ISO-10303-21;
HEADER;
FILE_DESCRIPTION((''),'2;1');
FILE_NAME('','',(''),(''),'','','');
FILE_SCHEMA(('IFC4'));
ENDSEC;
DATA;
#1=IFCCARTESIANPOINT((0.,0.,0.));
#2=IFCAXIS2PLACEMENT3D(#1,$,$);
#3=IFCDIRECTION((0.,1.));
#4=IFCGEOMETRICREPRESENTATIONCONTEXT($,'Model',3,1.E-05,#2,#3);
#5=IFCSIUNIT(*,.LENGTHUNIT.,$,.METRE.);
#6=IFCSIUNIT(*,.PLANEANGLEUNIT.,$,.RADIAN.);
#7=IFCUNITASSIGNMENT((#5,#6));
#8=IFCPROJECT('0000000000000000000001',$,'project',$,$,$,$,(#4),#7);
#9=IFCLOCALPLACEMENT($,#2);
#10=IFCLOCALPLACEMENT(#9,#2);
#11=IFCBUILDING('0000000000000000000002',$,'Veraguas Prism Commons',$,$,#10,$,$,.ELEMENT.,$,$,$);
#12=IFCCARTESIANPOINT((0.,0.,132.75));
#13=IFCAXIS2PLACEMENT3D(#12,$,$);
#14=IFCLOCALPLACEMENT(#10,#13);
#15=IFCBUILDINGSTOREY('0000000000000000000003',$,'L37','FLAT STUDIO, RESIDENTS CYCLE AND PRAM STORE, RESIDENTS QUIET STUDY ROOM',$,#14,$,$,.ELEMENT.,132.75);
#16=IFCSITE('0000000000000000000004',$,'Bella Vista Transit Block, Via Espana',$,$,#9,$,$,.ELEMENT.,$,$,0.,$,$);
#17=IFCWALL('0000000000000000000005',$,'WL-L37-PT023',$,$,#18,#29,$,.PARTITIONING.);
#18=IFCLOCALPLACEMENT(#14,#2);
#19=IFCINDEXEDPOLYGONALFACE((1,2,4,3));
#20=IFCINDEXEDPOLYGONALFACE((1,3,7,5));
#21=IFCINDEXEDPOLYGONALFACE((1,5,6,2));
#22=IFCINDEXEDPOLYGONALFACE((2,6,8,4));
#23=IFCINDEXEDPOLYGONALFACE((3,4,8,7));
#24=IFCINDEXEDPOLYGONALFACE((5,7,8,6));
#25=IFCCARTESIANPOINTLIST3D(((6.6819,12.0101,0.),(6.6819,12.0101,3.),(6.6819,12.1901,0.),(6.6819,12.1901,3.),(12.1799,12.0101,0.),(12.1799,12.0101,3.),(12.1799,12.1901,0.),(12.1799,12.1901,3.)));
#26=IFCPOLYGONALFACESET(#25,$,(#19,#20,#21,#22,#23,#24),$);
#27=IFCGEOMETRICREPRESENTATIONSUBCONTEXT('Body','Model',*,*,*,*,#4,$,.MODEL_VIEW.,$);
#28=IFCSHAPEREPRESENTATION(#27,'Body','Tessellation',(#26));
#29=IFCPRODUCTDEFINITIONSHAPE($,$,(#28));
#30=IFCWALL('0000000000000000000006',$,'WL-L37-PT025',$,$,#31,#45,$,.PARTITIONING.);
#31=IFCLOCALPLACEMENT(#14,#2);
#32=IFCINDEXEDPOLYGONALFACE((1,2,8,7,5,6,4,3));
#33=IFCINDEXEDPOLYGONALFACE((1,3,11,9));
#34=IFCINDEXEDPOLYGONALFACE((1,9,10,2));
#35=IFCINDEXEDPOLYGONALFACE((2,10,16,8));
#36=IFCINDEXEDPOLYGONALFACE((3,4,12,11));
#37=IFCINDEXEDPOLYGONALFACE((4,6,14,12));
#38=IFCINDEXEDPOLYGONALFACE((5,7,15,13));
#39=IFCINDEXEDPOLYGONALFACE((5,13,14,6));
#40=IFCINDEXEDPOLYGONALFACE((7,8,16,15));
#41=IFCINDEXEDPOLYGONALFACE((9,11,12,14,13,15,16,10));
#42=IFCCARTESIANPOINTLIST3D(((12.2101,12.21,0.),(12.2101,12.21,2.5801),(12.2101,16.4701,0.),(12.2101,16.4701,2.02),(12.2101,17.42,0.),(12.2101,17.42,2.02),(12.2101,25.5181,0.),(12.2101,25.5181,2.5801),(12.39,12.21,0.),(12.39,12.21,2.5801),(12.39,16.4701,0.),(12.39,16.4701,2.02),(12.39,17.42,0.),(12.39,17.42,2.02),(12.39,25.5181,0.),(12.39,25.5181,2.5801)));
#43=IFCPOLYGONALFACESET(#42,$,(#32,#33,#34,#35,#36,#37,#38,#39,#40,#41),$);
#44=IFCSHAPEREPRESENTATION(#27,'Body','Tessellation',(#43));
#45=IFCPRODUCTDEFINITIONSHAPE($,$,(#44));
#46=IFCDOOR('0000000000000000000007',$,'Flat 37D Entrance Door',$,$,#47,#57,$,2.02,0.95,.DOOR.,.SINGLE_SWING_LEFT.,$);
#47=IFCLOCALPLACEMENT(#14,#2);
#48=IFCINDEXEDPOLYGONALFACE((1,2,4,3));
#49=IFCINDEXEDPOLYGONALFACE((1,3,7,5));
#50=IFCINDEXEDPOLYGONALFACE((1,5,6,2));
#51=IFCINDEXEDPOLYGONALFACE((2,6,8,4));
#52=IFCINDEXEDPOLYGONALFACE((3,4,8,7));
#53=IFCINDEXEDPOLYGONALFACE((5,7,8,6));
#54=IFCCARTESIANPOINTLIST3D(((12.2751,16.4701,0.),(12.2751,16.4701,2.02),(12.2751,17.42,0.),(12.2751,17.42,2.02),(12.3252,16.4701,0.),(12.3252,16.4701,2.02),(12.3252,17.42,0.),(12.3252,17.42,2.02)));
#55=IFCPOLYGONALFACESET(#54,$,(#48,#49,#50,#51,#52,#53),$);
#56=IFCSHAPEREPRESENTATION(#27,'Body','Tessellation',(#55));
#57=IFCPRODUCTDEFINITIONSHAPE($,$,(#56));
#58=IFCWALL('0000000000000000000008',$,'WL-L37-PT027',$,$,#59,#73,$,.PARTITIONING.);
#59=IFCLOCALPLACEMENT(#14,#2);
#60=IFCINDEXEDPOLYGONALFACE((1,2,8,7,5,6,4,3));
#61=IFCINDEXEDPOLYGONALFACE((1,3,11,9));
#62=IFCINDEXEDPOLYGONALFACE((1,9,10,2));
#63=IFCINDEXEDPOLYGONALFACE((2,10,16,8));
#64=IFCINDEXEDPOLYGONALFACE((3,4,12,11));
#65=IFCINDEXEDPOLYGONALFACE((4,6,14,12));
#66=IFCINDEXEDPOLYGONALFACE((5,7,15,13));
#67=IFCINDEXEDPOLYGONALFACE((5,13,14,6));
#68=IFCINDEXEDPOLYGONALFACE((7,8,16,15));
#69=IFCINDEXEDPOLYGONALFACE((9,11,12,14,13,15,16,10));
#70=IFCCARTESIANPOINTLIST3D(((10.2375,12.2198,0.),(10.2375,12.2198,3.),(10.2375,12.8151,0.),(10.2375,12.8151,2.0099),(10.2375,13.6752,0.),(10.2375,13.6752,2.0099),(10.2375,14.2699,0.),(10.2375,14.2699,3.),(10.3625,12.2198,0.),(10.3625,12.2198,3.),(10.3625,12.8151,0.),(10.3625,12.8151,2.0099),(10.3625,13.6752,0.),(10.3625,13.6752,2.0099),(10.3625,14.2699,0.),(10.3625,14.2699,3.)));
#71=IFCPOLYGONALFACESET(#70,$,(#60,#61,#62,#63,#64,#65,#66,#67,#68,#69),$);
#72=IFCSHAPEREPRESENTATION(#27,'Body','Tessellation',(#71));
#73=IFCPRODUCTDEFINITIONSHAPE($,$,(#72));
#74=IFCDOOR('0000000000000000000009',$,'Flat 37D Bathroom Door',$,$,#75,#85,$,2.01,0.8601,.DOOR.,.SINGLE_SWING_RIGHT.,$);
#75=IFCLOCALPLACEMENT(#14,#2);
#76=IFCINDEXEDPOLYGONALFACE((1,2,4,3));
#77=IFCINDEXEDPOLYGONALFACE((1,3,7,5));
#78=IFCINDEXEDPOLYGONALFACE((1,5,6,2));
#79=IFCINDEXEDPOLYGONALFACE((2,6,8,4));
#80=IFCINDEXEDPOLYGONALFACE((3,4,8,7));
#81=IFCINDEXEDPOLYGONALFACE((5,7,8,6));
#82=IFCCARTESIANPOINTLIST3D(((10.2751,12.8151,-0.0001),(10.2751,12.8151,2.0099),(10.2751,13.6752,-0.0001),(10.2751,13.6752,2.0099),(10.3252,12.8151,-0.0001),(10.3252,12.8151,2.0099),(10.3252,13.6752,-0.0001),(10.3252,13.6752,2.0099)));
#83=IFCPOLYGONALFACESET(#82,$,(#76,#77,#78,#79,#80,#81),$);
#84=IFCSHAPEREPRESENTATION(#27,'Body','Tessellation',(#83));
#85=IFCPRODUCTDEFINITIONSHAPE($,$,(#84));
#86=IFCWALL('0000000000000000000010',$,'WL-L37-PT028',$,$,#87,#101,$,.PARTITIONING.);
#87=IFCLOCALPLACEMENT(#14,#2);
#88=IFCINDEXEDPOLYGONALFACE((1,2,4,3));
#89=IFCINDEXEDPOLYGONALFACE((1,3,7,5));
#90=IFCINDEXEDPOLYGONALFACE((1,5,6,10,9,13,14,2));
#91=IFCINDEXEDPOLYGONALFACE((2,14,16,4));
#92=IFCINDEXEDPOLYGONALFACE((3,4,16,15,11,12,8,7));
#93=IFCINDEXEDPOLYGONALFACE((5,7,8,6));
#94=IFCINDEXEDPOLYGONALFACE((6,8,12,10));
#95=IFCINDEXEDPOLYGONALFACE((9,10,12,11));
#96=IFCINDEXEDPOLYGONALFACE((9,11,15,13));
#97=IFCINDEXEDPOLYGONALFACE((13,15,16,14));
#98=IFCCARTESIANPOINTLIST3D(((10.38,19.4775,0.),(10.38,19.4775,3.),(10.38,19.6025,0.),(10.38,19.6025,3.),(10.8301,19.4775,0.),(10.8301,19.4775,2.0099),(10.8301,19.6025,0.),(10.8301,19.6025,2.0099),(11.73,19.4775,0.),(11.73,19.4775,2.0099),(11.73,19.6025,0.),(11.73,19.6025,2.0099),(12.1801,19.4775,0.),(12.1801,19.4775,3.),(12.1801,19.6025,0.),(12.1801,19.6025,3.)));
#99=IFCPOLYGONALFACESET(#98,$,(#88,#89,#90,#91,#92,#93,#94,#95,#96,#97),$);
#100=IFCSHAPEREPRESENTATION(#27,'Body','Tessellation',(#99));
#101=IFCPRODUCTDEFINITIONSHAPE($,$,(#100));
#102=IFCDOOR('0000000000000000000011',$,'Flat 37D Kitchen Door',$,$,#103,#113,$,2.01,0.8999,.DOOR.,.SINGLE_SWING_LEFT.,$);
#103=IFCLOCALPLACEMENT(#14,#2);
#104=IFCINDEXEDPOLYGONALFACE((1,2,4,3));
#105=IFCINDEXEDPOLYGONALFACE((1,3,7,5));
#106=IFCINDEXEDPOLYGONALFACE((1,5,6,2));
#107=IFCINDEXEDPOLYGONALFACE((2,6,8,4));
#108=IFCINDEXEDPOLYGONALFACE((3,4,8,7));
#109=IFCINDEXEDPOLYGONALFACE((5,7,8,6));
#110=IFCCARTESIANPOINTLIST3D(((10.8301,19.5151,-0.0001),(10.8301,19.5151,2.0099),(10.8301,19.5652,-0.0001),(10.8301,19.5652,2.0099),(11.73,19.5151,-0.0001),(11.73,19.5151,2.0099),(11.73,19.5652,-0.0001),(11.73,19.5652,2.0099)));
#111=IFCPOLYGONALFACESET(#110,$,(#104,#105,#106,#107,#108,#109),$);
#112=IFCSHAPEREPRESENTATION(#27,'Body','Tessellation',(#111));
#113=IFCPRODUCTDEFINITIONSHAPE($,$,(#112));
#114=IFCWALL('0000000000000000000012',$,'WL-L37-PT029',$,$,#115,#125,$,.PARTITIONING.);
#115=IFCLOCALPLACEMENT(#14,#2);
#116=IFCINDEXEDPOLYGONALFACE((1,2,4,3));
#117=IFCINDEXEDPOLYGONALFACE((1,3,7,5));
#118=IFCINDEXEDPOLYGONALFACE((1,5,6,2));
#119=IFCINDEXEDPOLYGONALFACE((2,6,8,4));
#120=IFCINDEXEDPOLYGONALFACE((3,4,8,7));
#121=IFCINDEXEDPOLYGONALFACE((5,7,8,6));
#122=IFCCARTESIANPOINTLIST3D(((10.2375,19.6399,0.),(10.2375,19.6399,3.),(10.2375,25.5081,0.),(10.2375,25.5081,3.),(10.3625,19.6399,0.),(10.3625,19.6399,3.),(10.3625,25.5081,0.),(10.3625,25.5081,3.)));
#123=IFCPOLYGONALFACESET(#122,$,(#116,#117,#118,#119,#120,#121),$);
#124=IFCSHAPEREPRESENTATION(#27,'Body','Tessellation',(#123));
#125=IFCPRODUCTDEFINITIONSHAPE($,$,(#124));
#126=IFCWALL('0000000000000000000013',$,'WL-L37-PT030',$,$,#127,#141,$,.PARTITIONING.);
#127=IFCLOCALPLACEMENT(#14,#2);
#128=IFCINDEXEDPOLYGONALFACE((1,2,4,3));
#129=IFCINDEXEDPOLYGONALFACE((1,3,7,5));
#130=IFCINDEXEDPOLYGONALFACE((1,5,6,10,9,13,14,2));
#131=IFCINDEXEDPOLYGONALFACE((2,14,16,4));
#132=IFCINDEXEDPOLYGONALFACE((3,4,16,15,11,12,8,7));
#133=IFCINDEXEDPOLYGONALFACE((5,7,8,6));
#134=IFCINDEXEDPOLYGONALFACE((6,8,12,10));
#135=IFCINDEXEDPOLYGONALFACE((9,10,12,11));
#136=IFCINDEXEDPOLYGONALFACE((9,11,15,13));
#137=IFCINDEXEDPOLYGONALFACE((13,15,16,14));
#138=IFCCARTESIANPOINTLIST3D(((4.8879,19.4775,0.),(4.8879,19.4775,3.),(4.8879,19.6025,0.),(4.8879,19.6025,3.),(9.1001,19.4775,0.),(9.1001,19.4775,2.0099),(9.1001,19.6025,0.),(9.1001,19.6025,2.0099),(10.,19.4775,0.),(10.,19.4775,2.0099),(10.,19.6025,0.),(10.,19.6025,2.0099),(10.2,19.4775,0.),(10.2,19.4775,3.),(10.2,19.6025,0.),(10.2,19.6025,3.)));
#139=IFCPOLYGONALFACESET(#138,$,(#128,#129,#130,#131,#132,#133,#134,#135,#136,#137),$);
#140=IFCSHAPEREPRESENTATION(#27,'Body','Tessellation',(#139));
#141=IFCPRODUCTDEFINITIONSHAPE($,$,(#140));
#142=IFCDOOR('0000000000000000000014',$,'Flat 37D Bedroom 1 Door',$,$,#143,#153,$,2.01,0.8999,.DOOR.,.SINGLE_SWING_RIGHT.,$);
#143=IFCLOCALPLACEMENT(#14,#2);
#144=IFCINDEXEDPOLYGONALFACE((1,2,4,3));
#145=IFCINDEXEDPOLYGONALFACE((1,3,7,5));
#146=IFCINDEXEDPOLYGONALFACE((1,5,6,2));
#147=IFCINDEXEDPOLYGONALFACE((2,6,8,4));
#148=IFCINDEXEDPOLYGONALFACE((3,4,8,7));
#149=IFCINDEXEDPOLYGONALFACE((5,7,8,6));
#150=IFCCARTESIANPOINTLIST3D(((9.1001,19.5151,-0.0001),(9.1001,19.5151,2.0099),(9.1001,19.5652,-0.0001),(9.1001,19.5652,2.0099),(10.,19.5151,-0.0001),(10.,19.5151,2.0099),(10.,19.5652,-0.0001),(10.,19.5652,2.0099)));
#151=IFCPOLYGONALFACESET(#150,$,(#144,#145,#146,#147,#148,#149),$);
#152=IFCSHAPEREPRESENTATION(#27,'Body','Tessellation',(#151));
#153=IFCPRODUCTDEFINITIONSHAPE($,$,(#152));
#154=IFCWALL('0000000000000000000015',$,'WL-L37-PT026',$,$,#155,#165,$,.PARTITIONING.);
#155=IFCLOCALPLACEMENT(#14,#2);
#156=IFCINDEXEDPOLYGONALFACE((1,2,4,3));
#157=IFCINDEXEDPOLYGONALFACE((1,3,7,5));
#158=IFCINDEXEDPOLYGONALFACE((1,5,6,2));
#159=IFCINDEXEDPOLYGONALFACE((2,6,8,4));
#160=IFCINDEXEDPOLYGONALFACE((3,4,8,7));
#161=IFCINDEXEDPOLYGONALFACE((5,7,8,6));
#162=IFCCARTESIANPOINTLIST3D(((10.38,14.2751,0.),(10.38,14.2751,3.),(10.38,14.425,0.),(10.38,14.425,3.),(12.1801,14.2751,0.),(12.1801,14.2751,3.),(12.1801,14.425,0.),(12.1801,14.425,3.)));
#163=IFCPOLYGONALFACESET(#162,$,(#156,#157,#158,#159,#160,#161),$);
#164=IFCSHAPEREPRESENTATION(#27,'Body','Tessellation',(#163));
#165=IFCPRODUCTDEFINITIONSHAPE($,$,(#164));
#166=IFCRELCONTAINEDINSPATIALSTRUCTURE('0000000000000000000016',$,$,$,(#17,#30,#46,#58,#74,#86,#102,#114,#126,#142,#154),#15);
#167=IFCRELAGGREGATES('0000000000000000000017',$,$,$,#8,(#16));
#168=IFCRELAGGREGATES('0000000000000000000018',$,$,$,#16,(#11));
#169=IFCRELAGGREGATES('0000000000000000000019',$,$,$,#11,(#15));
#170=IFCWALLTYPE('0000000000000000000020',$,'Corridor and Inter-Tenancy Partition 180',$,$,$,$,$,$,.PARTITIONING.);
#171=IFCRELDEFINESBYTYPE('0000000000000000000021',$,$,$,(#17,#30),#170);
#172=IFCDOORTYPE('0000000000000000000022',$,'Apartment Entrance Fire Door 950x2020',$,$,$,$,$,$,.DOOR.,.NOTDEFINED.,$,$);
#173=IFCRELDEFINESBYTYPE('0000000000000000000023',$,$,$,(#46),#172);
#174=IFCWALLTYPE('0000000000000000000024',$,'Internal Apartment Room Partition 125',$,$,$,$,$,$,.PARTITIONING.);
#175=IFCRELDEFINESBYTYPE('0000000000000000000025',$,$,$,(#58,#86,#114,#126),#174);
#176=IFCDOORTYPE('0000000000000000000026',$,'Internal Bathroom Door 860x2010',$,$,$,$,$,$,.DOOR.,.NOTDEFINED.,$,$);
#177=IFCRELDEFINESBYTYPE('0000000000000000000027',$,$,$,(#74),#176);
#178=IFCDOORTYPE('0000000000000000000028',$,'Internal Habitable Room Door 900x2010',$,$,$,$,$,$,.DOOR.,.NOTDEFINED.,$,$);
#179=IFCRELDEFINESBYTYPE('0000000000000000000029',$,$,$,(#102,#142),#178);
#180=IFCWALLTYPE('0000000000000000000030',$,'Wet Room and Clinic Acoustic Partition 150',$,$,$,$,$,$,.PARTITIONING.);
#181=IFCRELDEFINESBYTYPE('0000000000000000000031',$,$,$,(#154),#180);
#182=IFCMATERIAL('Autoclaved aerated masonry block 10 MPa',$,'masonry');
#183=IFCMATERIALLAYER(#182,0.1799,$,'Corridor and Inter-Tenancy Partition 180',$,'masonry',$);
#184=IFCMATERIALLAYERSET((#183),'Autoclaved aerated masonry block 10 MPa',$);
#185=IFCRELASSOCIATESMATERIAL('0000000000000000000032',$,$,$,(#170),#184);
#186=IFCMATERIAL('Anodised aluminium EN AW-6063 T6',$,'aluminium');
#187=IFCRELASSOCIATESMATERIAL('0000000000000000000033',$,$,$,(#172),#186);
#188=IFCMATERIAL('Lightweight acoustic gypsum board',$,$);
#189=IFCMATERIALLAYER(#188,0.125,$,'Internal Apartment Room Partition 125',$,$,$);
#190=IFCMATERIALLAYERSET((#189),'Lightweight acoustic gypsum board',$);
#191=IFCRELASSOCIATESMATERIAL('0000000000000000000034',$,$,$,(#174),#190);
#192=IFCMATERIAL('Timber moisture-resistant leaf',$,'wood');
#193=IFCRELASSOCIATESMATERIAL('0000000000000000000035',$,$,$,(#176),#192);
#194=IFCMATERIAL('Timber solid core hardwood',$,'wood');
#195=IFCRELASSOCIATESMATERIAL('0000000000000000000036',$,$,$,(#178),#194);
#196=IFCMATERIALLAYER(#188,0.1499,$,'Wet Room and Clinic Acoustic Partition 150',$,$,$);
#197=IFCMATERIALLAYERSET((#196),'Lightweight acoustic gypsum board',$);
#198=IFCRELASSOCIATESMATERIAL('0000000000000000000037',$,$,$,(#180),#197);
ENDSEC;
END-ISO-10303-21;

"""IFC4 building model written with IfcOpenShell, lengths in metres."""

from ifc_helpers import new_model, si_unit, direction, frame, frame_2d, origin, place, context, subcontext, project, spatial, rectangle, extrude, source, transform, mapped, material, layer, layer_set, type_object, element, fill, save


model = new_model("IFC4")

# Units and contexts
model_context = context("Model", 3, precision=1e-05, world=origin(), true_north=direction((0.0, 1.0)))
body_context = subcontext(model_context, "Body", "Model", "MODEL_VIEW")
ifc_project = project(units=[si_unit("LENGTHUNIT", "METRE"), si_unit("PLANEANGLEUNIT", "RADIAN")], contexts=[model_context])

# Site, building, storey
site_placement = place(None, origin())
site = spatial("IfcSite", under=ifc_project, at=site_placement, Name="Bella Vista Transit Block, Via Espana", CompositionType="ELEMENT", RefElevation=0.0)
building_placement = place(site_placement, origin())
building = spatial("IfcBuilding", under=site, at=building_placement, Name="Veraguas Prism Commons", CompositionType="ELEMENT")
storey_placement = place(building_placement, frame((0.0, 0.0, 132.75)))
storey = spatial("IfcBuildingStorey", under=building, at=storey_placement, Name="L37", Description="FLAT STUDIO, RESIDENTS CYCLE AND PRAM STORE, RESIDENTS QUIET STUDY ROOM", CompositionType="ELEMENT", Elevation=132.75)

# Shared definitions
ifc_material_1 = material(Name="Anodised aluminium EN AW-6063 T6", Category="aluminium")

# Wall
ifc_material_2 = material(Name="Autoclaved aerated masonry block 10 MPa", Category="masonry")
ifc_layer_1 = layer(ifc_material_2, 0.1799, Name="Corridor and Inter-Tenancy Partition 180", Category="masonry")
ifc_layer_set_1 = layer_set([ifc_layer_1], Name="Autoclaved aerated masonry block 10 MPa")
wall_type_1 = type_object("IfcWallType", Name="Corridor and Inter-Tenancy Partition 180", PredefinedType="PARTITIONING", material=ifc_layer_set_1)
wall_1_placement = place(storey_placement, frame((12.1799, 12.1001, 0.0), z_axis=(0.0, 0.0, 1.0), x_axis=(-1.0, 0.0, 0.0)))
element("IfcWall", 1, at=wall_1_placement, inside=storey, type_object=wall_type_1, Name="WL-L37-PT023", PredefinedType="PARTITIONING", context=body_context, shape_type="SweptSolid", body=[
    extrude(rectangle(XDim=5.498, YDim=0.1799, at=frame_2d((2.749, 0.0))), origin(), (0.0, 0.0, 1.0), 3.0),
])

# Walls, openings, doors
wall_2_placement = place(storey_placement, frame((12.3, 12.21, 0.0), z_axis=(0.0, 0.0, 1.0), x_axis=(0.0, 1.0, 0.0)))
wall_2 = element("IfcWall", 2, at=wall_2_placement, inside=storey, type_object=wall_type_1, Name="WL-L37-PT025", PredefinedType="PARTITIONING", context=body_context, shape_type="SweptSolid", body=[
    extrude(rectangle(XDim=13.3081, YDim=0.1799, at=frame_2d((6.6541, 0.0))), origin(), (0.0, 0.0, 1.0), 2.5801),
])
opening_1_placement = place(wall_2_placement, frame((4.26, 0.0, 0.0)))
opening_1 = element("IfcOpeningElement", 3, at=opening_1_placement, cuts=wall_2, PredefinedType="OPENING", context=body_context, shape_type="SweptSolid", body=[
    extrude(rectangle(XDim=0.95, YDim=2.02, at=frame_2d((0.4751, 1.01))), frame((0.0, 0.0999, 0.0), z_axis=(0.0, -1.0, 0.0), x_axis=(1.0, 0.0, 0.0)), (0.0, 0.0, 1.0), 0.2),
])
door_type_1 = type_object("IfcDoorType", Name="Apartment Entrance Fire Door 950x2020", OperationType="NOTDEFINED", PredefinedType="DOOR", material=ifc_material_1)
shared_shape_1 = source(origin(), body_context, "Body", "SweptSolid", [
    extrude(rectangle(XDim=0.95, YDim=2.02, at=frame_2d((0.4751, 1.01))), frame((0.0, 0.0249, 0.0), z_axis=(0.0, -1.0, 0.0), x_axis=(1.0, 0.0, 0.0)), (0.0, 0.0, 1.0), 0.05),
])
door_1_placement = place(opening_1_placement, origin())
door_1 = element("IfcDoor", 4, at=door_1_placement, inside=storey, type_object=door_type_1, Name="Flat 37D Entrance Door", OperationType="SINGLE_SWING_LEFT", OverallHeight=2.02, OverallWidth=0.95, PredefinedType="DOOR", context=body_context, shape_type="MappedRepresentation", body=[
    mapped(shared_shape_1, transform((0.0, 0.0, 0.0), scale=1.0)),
])
fill(opening_1, door_1)
ifc_material_3 = material(Name="Lightweight acoustic gypsum board")
ifc_layer_2 = layer(ifc_material_3, 0.125, Name="Internal Apartment Room Partition 125")
ifc_layer_set_2 = layer_set([ifc_layer_2], Name="Lightweight acoustic gypsum board")
wall_type_2 = type_object("IfcWallType", Name="Internal Apartment Room Partition 125", PredefinedType="PARTITIONING", material=ifc_layer_set_2)
wall_3_placement = place(storey_placement, frame((10.3, 12.22, 0.0), z_axis=(0.0, 0.0, 1.0), x_axis=(0.0, 1.0, 0.0)))
wall_3 = element("IfcWall", 5, at=wall_3_placement, inside=storey, type_object=wall_type_2, Name="WL-L37-PT027", PredefinedType="PARTITIONING", context=body_context, shape_type="SweptSolid", body=[
    extrude(rectangle(XDim=2.05, YDim=0.125, at=frame_2d((1.0249, 0.0))), origin(), (0.0, 0.0, 1.0), 3.0),
])
opening_2_placement = place(wall_3_placement, frame((0.595, 0.0, 0.0)))
opening_2 = element("IfcOpeningElement", 6, at=opening_2_placement, cuts=wall_3, PredefinedType="OPENING", context=body_context, shape_type="SweptSolid", body=[
    extrude(rectangle(XDim=0.8601, YDim=2.01, at=frame_2d((0.4302, 1.0049))), frame((0.0, 0.0725, 0.0), z_axis=(0.0, -1.0, 0.0), x_axis=(1.0, 0.0, 0.0)), (0.0, 0.0, 1.0), 0.145),
])
ifc_material_4 = material(Name="Timber moisture-resistant leaf", Category="wood")
door_type_2 = type_object("IfcDoorType", Name="Internal Bathroom Door 860x2010", OperationType="NOTDEFINED", PredefinedType="DOOR", material=ifc_material_4)
shared_shape_2 = source(origin(), body_context, "Body", "SweptSolid", [
    extrude(rectangle(XDim=0.8601, YDim=2.01, at=frame_2d((0.4302, 1.0049))), frame((0.0, 0.0249, 0.0), z_axis=(0.0, -1.0, 0.0), x_axis=(1.0, 0.0, 0.0)), (0.0, 0.0, 1.0), 0.05),
])
door_2_placement = place(opening_2_placement, origin())
door_2 = element("IfcDoor", 7, at=door_2_placement, inside=storey, type_object=door_type_2, Name="Flat 37D Bathroom Door", OperationType="SINGLE_SWING_RIGHT", OverallHeight=2.01, OverallWidth=0.8601, PredefinedType="DOOR", context=body_context, shape_type="MappedRepresentation", body=[
    mapped(shared_shape_2, transform((0.0, 0.0, 0.0), scale=1.0)),
])
fill(opening_2, door_2)
wall_4_placement = place(storey_placement, frame((12.1799, 19.54, 0.0), z_axis=(0.0, 0.0, 1.0), x_axis=(-1.0, 0.0, 0.0)))
wall_4 = element("IfcWall", 8, at=wall_4_placement, inside=storey, type_object=wall_type_2, Name="WL-L37-PT028", PredefinedType="PARTITIONING", context=body_context, shape_type="SweptSolid", body=[
    extrude(rectangle(XDim=1.8, YDim=0.125, at=frame_2d((0.8999, 0.0))), origin(), (0.0, 0.0, 1.0), 3.0),
])
opening_3_placement = place(wall_4_placement, frame((0.45, 0.0, 0.0)))
opening_3 = element("IfcOpeningElement", 9, at=opening_3_placement, cuts=wall_4, PredefinedType="OPENING", context=body_context, shape_type="SweptSolid", body=[
    extrude(rectangle(XDim=0.8999, YDim=2.01, at=frame_2d((0.45, 1.0049))), frame((0.0, 0.0725, 0.0), z_axis=(0.0, -1.0, 0.0), x_axis=(1.0, 0.0, 0.0)), (0.0, 0.0, 1.0), 0.145),
])
ifc_material_5 = material(Name="Timber solid core hardwood", Category="wood")
door_type_3 = type_object("IfcDoorType", Name="Internal Habitable Room Door 900x2010", OperationType="NOTDEFINED", PredefinedType="DOOR", material=ifc_material_5)
shared_shape_3 = source(origin(), body_context, "Body", "SweptSolid", [
    extrude(rectangle(XDim=0.8999, YDim=2.01, at=frame_2d((0.45, 1.0049))), frame((0.0, 0.0249, 0.0), z_axis=(0.0, -1.0, 0.0), x_axis=(1.0, 0.0, 0.0)), (0.0, 0.0, 1.0), 0.05),
])
door_3_placement = place(opening_3_placement, origin())
door_3 = element("IfcDoor", 10, at=door_3_placement, inside=storey, type_object=door_type_3, Name="Flat 37D Kitchen Door", OperationType="SINGLE_SWING_LEFT", OverallHeight=2.01, OverallWidth=0.8999, PredefinedType="DOOR", context=body_context, shape_type="MappedRepresentation", body=[
    mapped(shared_shape_3, transform((0.0, 0.0, 0.0), scale=1.0)),
])
fill(opening_3, door_3)

# Wall
wall_5_placement = place(storey_placement, frame((10.3, 19.6399, 0.0), z_axis=(0.0, 0.0, 1.0), x_axis=(0.0, 1.0, 0.0)))
element("IfcWall", 11, at=wall_5_placement, inside=storey, type_object=wall_type_2, Name="WL-L37-PT029", PredefinedType="PARTITIONING", context=body_context, shape_type="SweptSolid", body=[
    extrude(rectangle(XDim=5.8682, YDim=0.125, at=frame_2d((2.9341, 0.0))), origin(), (0.0, 0.0, 1.0), 3.0),
])

# Wall, opening, door
wall_6_placement = place(storey_placement, frame((10.2, 19.54, 0.0), z_axis=(0.0, 0.0, 1.0), x_axis=(-1.0, 0.0, 0.0)))
wall_6 = element("IfcWall", 12, at=wall_6_placement, inside=storey, type_object=wall_type_2, Name="WL-L37-PT030", PredefinedType="PARTITIONING", context=body_context, shape_type="SweptSolid", body=[
    extrude(rectangle(XDim=5.312, YDim=0.125, at=frame_2d((2.656, 0.0))), origin(), (0.0, 0.0, 1.0), 3.0),
])
opening_4_placement = place(wall_6_placement, frame((0.2, 0.0, 0.0)))
opening_4 = element("IfcOpeningElement", 13, at=opening_4_placement, cuts=wall_6, PredefinedType="OPENING", context=body_context, shape_type="SweptSolid", body=[
    extrude(rectangle(XDim=0.8999, YDim=2.01, at=frame_2d((0.45, 1.0049))), frame((0.0, 0.0725, 0.0), z_axis=(0.0, -1.0, 0.0), x_axis=(1.0, 0.0, 0.0)), (0.0, 0.0, 1.0), 0.145),
])
door_4_placement = place(opening_4_placement, origin())
door_4 = element("IfcDoor", 14, at=door_4_placement, inside=storey, type_object=door_type_3, Name="Flat 37D Bedroom 1 Door", OperationType="SINGLE_SWING_RIGHT", OverallHeight=2.01, OverallWidth=0.8999, PredefinedType="DOOR", context=body_context, shape_type="MappedRepresentation", body=[
    mapped(shared_shape_3, transform((0.0, 0.0, 0.0), scale=1.0)),
])
fill(opening_4, door_4)

# Wall
ifc_layer_3 = layer(ifc_material_3, 0.1499, Name="Wet Room and Clinic Acoustic Partition 150")
ifc_layer_set_3 = layer_set([ifc_layer_3], Name="Lightweight acoustic gypsum board")
wall_type_3 = type_object("IfcWallType", Name="Wet Room and Clinic Acoustic Partition 150", PredefinedType="PARTITIONING", material=ifc_layer_set_3)
wall_7_placement = place(storey_placement, frame((12.1799, 14.3501, 0.0), z_axis=(0.0, 0.0, 1.0), x_axis=(-1.0, 0.0, 0.0)))
element("IfcWall", 15, at=wall_7_placement, inside=storey, type_object=wall_type_3, Name="WL-L37-PT026", PredefinedType="PARTITIONING", context=body_context, shape_type="SweptSolid", body=[
    extrude(rectangle(XDim=1.8, YDim=0.1499, at=frame_2d((0.8999, 0.0))), origin(), (0.0, 0.0, 1.0), 3.0),
])

save(model, "model.ifc")
